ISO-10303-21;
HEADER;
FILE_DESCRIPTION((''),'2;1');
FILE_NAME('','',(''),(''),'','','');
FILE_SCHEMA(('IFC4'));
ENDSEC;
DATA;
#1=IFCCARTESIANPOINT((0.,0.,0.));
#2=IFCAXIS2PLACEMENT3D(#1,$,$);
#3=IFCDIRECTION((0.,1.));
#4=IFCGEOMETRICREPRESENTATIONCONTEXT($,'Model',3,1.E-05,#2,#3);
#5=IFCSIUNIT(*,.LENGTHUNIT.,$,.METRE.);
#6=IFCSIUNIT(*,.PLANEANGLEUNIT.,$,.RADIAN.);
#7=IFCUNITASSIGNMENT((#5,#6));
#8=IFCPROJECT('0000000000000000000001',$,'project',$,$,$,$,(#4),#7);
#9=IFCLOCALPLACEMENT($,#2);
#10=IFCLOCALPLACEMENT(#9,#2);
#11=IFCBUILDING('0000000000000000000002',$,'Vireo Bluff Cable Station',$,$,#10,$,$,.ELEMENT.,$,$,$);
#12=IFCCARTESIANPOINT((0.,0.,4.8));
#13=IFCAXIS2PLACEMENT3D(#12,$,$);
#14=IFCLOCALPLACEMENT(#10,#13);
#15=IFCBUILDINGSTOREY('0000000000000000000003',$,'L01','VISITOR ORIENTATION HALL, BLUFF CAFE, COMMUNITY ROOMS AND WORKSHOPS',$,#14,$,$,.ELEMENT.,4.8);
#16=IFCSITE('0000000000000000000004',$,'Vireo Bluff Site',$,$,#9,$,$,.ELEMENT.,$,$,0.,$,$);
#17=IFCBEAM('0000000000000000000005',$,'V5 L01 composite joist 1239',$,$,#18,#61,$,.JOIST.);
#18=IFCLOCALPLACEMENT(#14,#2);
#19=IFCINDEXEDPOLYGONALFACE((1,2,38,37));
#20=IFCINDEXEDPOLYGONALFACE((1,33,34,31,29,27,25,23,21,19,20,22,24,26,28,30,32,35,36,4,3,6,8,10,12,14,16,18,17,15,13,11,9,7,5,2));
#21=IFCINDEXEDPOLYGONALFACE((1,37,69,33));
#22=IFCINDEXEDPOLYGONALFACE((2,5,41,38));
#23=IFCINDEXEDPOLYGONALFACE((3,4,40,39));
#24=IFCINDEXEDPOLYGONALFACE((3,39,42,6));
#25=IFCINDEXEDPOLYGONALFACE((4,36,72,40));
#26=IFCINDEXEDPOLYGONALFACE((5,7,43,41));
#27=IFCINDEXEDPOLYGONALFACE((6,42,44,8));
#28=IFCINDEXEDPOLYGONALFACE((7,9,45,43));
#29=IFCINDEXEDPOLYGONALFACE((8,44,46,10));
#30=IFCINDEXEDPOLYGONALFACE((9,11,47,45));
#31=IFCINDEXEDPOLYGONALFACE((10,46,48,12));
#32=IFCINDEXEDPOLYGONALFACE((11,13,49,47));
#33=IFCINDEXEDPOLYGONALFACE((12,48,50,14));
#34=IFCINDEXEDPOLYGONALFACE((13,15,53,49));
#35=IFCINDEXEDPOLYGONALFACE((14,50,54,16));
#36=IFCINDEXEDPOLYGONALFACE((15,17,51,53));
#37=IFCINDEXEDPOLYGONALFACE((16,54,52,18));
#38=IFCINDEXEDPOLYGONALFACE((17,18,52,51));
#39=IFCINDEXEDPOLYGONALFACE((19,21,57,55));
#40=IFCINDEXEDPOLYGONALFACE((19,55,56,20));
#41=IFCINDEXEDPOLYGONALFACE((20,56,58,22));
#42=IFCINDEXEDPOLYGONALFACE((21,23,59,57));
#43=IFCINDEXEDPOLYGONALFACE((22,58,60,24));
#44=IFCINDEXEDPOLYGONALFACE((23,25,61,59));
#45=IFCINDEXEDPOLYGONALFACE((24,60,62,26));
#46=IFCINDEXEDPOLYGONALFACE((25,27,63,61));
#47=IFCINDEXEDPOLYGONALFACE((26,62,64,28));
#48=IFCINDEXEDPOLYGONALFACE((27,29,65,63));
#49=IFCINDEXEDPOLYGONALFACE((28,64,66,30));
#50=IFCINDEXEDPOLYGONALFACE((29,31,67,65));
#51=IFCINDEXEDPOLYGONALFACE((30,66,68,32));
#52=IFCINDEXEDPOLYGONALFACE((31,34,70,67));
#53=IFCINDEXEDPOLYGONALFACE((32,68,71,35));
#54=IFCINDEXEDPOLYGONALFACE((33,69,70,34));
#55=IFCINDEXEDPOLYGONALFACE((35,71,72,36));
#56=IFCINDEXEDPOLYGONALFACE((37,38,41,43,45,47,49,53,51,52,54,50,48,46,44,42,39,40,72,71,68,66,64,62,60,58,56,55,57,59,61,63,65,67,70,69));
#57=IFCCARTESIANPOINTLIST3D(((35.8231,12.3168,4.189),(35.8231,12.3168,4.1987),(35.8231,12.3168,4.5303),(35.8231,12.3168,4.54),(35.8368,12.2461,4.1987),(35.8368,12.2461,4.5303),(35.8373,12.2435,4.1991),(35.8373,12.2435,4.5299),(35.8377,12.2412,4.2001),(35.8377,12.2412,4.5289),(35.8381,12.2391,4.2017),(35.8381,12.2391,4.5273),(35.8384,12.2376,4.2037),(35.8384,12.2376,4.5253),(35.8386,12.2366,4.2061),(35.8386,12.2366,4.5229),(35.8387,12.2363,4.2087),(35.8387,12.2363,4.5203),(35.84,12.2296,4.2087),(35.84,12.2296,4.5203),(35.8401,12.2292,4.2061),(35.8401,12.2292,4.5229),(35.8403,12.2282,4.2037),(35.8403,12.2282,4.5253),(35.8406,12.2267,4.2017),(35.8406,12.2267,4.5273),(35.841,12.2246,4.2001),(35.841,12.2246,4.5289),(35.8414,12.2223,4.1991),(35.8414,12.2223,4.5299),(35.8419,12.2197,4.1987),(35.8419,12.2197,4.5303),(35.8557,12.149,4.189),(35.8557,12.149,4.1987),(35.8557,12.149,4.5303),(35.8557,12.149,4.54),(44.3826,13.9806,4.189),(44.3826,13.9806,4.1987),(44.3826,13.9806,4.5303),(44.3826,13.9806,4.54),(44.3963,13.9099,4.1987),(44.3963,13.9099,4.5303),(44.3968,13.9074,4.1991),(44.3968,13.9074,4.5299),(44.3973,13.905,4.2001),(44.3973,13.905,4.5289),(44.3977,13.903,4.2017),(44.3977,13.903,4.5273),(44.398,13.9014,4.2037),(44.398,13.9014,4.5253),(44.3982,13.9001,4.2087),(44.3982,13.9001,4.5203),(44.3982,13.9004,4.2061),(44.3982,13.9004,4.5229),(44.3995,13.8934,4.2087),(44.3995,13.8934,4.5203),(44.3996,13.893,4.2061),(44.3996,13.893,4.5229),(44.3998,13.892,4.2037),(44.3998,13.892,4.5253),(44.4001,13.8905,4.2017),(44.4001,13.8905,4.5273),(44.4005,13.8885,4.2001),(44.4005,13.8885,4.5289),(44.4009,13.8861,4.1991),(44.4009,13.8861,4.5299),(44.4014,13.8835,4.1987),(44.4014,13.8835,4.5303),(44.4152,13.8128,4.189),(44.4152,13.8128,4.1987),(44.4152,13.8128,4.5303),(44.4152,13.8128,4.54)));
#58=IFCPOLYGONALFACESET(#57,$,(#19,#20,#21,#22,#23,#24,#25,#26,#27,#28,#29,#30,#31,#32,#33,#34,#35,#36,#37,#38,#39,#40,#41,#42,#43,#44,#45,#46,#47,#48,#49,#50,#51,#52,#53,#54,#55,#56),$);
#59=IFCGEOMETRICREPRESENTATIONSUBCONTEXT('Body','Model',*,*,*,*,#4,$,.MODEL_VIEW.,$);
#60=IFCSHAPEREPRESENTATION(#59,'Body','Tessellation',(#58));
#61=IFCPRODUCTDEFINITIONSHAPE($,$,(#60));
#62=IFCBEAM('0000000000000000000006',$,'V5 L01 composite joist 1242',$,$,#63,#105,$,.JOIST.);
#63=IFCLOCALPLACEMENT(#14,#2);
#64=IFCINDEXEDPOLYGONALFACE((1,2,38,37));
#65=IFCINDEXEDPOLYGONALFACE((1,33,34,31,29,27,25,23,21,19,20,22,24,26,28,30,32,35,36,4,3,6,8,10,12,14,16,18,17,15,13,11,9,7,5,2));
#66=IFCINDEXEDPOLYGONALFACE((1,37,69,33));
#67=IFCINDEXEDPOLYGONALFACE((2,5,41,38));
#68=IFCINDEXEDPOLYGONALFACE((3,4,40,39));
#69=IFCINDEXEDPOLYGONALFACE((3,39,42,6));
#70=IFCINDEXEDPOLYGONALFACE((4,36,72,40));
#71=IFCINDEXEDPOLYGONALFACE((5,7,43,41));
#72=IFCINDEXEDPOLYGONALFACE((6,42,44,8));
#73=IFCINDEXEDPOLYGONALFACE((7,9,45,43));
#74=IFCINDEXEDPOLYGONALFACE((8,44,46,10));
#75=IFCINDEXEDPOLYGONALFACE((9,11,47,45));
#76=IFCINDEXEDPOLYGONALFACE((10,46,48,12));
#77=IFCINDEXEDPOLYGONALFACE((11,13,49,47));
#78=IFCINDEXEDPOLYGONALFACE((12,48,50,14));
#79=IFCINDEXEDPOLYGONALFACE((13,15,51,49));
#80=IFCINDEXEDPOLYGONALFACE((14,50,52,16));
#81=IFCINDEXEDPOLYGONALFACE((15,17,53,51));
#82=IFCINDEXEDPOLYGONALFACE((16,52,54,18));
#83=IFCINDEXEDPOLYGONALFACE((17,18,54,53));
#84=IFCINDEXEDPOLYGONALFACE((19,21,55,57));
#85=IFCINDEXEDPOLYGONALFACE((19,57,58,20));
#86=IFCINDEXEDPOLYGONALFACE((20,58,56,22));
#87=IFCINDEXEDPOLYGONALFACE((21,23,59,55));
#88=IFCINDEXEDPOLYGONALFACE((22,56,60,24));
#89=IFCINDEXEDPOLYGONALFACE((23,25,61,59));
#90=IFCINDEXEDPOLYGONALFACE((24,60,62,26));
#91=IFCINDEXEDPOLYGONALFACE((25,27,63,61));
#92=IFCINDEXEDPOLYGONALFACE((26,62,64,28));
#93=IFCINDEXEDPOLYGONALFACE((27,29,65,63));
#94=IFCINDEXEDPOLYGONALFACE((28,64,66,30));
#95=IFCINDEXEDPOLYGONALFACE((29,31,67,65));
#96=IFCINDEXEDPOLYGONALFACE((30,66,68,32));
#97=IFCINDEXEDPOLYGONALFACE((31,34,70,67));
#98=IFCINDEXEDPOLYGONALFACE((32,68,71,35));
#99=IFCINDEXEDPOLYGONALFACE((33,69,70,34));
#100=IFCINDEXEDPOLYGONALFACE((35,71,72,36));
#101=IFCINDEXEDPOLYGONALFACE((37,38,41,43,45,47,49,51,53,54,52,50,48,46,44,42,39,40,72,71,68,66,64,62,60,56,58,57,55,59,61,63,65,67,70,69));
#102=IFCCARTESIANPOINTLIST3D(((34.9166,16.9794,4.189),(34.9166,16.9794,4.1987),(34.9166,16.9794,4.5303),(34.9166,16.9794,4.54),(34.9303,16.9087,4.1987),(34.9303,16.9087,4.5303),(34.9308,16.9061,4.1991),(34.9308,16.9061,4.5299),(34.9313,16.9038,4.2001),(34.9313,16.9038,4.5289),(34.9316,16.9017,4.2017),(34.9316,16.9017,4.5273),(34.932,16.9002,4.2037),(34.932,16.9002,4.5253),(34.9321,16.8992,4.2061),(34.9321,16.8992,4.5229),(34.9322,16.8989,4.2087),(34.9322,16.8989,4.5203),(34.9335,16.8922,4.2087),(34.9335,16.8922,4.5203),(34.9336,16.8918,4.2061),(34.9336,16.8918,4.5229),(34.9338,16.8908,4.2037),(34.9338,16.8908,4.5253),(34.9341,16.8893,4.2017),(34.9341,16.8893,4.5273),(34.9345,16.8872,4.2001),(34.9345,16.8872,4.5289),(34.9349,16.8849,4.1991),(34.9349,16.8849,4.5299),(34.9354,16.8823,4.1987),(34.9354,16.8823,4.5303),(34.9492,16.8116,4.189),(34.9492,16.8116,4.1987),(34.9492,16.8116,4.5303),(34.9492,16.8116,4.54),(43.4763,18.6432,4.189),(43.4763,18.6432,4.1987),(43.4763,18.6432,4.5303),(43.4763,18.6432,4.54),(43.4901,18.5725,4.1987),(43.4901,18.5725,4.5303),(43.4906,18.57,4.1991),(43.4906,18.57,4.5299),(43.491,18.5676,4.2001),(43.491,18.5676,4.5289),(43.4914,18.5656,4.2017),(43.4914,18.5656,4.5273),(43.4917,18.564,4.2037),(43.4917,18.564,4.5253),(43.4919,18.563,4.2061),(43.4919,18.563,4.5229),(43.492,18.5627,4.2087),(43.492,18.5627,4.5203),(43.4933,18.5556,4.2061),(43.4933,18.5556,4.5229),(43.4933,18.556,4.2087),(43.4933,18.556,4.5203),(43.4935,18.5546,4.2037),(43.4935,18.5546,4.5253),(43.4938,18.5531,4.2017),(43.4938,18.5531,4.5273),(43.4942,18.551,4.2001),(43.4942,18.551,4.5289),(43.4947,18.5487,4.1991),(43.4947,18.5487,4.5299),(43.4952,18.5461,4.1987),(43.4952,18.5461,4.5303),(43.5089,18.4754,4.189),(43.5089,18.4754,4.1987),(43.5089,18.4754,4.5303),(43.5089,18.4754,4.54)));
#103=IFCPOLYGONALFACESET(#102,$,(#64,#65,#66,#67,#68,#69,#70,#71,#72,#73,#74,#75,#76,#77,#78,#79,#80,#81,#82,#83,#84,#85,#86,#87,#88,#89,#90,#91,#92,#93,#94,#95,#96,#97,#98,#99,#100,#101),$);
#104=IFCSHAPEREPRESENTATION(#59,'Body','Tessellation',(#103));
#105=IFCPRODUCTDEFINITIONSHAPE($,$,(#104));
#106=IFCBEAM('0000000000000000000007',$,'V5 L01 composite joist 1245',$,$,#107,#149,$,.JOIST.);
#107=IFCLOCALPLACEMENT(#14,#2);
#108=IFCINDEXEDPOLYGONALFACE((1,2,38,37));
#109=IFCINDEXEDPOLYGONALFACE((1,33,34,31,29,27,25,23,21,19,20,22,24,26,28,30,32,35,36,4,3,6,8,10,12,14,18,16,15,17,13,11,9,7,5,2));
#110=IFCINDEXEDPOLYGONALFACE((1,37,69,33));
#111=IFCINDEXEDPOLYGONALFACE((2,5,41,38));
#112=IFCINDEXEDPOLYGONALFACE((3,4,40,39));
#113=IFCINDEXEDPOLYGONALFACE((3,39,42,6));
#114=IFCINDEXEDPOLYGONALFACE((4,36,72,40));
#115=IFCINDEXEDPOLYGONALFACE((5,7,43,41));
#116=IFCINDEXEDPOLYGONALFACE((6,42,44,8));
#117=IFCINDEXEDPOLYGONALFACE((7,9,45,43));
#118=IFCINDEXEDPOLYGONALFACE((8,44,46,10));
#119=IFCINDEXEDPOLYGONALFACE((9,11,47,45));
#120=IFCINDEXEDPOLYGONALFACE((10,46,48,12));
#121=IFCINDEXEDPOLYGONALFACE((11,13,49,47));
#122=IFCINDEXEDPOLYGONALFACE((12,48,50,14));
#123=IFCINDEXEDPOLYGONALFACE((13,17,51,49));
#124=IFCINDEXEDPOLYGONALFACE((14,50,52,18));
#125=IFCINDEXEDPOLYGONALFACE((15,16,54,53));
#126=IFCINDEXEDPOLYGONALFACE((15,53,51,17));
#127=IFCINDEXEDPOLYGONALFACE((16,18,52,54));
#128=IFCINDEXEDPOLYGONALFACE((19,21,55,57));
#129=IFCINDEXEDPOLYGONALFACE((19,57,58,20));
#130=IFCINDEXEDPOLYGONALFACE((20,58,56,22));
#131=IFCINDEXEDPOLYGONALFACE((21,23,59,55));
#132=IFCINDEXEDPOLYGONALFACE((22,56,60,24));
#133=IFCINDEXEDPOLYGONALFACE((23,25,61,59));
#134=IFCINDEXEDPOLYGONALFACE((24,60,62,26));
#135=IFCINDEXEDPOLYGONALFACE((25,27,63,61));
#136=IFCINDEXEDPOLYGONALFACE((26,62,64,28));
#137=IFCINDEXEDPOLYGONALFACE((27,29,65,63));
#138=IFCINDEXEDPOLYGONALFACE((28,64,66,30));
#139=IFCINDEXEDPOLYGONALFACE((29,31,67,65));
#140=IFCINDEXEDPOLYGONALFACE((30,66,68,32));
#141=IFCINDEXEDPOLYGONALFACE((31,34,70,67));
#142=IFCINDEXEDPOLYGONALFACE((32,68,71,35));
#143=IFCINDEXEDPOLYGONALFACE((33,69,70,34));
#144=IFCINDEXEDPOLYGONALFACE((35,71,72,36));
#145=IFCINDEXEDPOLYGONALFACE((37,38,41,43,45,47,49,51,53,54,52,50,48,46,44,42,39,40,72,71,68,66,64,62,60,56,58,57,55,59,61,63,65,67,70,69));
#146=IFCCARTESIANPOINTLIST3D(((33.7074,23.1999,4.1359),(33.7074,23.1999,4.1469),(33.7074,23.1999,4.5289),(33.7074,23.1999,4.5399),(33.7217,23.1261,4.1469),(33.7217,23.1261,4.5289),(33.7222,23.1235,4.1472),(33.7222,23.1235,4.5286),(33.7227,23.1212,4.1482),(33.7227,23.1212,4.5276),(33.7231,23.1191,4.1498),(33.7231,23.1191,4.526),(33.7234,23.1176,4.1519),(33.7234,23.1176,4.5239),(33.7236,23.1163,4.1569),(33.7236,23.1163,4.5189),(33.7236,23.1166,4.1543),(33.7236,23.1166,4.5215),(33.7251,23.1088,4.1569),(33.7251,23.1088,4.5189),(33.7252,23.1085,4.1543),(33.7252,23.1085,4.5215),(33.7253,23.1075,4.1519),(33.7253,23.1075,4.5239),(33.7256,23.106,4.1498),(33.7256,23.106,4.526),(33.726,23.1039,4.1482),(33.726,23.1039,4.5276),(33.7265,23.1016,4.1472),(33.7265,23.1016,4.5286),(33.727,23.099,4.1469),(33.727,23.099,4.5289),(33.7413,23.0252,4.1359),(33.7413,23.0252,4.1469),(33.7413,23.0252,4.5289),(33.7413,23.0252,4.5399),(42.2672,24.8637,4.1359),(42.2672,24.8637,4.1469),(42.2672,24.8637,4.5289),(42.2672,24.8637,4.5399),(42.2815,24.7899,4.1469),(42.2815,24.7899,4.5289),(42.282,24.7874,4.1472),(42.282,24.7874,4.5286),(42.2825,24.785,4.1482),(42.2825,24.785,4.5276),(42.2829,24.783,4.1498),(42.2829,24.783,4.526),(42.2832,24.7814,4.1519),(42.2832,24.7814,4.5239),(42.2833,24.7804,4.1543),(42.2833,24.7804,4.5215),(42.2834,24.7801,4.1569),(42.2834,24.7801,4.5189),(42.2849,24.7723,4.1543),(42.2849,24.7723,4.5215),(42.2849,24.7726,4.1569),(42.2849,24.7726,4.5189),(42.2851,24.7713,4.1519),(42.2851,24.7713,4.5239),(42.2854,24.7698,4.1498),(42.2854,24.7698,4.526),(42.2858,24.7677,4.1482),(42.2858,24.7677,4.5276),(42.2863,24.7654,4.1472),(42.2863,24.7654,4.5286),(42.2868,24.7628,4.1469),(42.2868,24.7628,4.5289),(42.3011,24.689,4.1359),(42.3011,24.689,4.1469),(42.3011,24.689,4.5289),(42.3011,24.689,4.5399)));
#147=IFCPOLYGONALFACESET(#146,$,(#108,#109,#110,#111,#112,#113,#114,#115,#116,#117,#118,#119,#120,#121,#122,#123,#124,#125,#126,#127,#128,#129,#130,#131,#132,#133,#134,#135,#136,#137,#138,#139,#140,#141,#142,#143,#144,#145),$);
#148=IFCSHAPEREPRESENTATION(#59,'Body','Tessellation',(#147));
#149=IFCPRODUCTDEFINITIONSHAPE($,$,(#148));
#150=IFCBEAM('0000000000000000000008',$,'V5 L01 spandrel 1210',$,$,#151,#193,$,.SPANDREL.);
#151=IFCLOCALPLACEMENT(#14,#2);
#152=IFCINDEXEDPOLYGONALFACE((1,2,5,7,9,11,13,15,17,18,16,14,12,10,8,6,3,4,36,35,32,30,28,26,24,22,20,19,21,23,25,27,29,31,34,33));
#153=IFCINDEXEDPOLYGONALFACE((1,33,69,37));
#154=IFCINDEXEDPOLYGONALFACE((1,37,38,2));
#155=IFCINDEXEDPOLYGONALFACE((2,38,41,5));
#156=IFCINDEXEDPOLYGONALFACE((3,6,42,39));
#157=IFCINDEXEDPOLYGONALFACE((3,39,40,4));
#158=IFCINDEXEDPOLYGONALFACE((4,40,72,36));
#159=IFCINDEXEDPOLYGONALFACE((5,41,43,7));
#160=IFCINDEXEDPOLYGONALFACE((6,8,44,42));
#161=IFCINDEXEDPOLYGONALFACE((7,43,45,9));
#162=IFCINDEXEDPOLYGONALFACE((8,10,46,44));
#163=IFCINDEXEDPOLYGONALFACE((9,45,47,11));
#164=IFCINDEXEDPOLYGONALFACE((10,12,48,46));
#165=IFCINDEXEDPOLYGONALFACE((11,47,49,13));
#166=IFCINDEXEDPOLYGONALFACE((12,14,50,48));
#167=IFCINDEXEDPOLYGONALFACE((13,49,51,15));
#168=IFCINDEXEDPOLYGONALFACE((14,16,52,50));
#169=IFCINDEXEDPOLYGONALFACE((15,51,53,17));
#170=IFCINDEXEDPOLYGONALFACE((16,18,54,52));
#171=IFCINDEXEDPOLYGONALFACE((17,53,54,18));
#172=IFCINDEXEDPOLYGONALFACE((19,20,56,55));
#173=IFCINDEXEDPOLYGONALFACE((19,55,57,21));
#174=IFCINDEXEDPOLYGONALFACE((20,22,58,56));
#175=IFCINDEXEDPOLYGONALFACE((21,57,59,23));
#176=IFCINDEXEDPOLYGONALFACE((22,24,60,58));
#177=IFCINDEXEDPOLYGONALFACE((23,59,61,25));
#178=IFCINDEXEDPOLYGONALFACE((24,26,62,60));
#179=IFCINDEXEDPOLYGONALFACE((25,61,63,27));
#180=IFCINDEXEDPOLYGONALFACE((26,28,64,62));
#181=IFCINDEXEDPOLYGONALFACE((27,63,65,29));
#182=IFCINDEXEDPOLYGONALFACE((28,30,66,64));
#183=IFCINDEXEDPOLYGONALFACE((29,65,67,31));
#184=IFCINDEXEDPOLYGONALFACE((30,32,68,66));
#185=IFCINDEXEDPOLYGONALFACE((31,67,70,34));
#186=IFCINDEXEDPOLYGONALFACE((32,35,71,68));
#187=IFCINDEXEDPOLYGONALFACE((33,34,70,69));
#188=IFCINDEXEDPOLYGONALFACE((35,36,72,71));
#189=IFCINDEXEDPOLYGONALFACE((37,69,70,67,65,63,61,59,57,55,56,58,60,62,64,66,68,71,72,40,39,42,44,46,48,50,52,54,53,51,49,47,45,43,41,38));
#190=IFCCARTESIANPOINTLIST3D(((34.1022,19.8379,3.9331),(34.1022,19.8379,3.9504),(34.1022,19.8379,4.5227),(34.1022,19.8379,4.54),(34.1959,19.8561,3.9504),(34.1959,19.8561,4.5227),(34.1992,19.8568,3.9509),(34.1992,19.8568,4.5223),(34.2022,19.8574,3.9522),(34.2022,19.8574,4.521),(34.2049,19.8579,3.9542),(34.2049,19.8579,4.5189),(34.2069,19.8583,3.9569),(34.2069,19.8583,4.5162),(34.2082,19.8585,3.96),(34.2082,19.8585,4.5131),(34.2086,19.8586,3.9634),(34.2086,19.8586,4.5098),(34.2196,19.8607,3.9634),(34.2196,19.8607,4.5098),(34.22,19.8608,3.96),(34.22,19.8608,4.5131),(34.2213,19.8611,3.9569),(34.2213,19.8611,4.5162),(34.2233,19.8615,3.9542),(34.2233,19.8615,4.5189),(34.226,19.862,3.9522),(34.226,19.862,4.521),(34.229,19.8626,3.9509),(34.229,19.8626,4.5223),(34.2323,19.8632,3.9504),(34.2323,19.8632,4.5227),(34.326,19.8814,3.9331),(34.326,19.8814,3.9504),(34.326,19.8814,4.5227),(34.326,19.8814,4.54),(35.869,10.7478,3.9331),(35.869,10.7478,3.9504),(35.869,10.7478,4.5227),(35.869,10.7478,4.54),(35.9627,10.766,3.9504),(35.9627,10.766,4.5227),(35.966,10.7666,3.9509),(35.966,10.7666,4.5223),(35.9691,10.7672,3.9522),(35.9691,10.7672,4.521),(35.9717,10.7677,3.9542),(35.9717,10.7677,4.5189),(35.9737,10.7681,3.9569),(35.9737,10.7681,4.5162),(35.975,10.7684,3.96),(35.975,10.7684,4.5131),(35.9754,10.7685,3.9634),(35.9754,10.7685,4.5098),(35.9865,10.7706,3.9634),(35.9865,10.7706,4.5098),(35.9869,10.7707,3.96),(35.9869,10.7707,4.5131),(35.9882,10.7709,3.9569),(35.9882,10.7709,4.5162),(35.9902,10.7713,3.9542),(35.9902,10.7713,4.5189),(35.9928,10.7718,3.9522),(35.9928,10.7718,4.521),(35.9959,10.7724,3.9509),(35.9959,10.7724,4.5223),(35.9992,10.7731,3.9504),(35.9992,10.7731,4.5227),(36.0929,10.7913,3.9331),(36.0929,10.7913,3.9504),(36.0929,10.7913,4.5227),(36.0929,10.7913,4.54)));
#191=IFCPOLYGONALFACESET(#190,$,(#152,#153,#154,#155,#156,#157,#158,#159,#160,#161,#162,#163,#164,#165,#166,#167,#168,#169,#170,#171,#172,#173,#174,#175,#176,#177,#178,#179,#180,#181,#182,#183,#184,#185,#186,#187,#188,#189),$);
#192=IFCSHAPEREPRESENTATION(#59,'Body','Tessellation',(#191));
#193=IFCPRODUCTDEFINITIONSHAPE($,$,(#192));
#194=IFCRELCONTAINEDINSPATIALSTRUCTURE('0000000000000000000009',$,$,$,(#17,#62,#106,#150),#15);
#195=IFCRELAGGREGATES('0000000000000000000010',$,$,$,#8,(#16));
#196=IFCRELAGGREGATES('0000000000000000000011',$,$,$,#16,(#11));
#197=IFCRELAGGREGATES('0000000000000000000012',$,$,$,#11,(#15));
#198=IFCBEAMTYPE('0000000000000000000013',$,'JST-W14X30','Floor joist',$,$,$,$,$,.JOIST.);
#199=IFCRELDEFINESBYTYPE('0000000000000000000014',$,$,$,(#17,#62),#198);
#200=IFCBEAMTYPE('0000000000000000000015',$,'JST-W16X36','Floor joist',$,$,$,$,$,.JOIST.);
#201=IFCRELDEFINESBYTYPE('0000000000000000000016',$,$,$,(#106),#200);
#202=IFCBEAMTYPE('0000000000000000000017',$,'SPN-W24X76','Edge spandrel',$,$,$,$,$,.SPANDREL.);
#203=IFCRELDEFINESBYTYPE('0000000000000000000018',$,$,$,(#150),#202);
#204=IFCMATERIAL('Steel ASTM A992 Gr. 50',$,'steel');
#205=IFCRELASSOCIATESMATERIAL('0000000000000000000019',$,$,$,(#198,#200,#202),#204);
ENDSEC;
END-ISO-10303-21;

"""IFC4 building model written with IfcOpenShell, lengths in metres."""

from ifc_helpers import new_model, si_unit, direction, frame, origin, origin_2d, place, context, subcontext, project, spatial, i_section, extrude, material, material_profile, profile_set, type_object, element, save


model = new_model("IFC4")

# Units and contexts
model_context = context("Model", 3, precision=1e-05, world=origin(), true_north=direction((0.0, 1.0)))
body_context = subcontext(model_context, "Body", "Model", "MODEL_VIEW")
ifc_project = project(units=[si_unit("LENGTHUNIT", "METRE"), si_unit("PLANEANGLEUNIT", "RADIAN")], contexts=[model_context])

# Site, building, storey
site_placement = place(None, origin())
site = spatial("IfcSite", under=ifc_project, at=site_placement, Name="Vireo Bluff Site", CompositionType="ELEMENT", RefElevation=0.0)
building_placement = place(site_placement, origin())
building = spatial("IfcBuilding", under=site, at=building_placement, Name="Vireo Bluff Cable Station", CompositionType="ELEMENT")
storey_placement = place(building_placement, frame((0.0, 0.0, 4.8)))
storey = spatial("IfcBuildingStorey", under=building, at=storey_placement, Name="L01", Description="VISITOR ORIENTATION HALL, BLUFF CAFE, COMMUNITY ROOMS AND WORKSHOPS", CompositionType="ELEMENT", Elevation=4.8)

# Shared definitions
ifc_material_1 = material(Name="Steel ASTM A992 Gr. 50", Category="steel")

# Beams
ifc_material_profile_1 = material_profile(ifc_material_1, i_section(OverallWidth=0.1709, OverallDepth=0.3511, WebThickness=0.0068, FlangeThickness=0.0098, FilletRadius=0.01, at=origin_2d()), Name="W14X30")
ifc_profile_set_1 = profile_set([ifc_material_profile_1], Name="Steel ASTM A992 Gr. 50")
beam_type_1 = type_object("IfcBeamType", Name="JST-W14X30", Description="Floor joist", PredefinedType="JOIST", material=ifc_profile_set_1)
beam_1_placement = place(storey_placement, frame((35.8394, 12.2329, 4.3645), z_axis=(0.981627, 0.19081, 0.0), x_axis=(-0.19081, 0.981627, 0.0)))
element("IfcBeam", 1, at=beam_1_placement, inside=storey, type_object=beam_type_1, Name="V5 L01 composite joist 1239", PredefinedType="JOIST", context=body_context, shape_type="SweptSolid", body=[
    extrude(i_section(OverallWidth=0.1709, OverallDepth=0.3511, WebThickness=0.0068, FlangeThickness=0.0098, FilletRadius=0.01, at=origin_2d()), origin(), (0.0, 0.0, 1.0), 8.7197),
])
beam_2_placement = place(storey_placement, frame((34.9329, 16.8955, 4.3645), z_axis=(0.981628, 0.190804, 0.0), x_axis=(-0.190804, 0.981628, 0.0)))
element("IfcBeam", 2, at=beam_2_placement, inside=storey, type_object=beam_type_1, Name="V5 L01 composite joist 1242", PredefinedType="JOIST", context=body_context, shape_type="SweptSolid", body=[
    extrude(i_section(OverallWidth=0.1709, OverallDepth=0.3511, WebThickness=0.0068, FlangeThickness=0.0098, FilletRadius=0.01, at=origin_2d()), origin(), (0.0, 0.0, 1.0), 8.72),
])
ifc_material_profile_2 = material_profile(ifc_material_1, i_section(OverallWidth=0.178, OverallDepth=0.4041, WebThickness=0.0076, FlangeThickness=0.011, FilletRadius=0.01, at=origin_2d()), Name="W16X36")
ifc_profile_set_2 = profile_set([ifc_material_profile_2], Name="Steel ASTM A992 Gr. 50")
beam_type_2 = type_object("IfcBeamType", Name="JST-W16X36", Description="Floor joist", PredefinedType="JOIST", material=ifc_profile_set_2)
beam_3_placement = place(storey_placement, frame((33.7244, 23.1125, 4.3379), z_axis=(0.981628, 0.190804, 0.0), x_axis=(-0.190804, 0.981628, 0.0)))
element("IfcBeam", 3, at=beam_3_placement, inside=storey, type_object=beam_type_2, Name="V5 L01 composite joist 1245", PredefinedType="JOIST", context=body_context, shape_type="SweptSolid", body=[
    extrude(i_section(OverallWidth=0.178, OverallDepth=0.4041, WebThickness=0.0076, FlangeThickness=0.011, FilletRadius=0.01, at=origin_2d()), origin(), (0.0, 0.0, 1.0), 8.72),
])
ifc_material_profile_3 = material_profile(ifc_material_1, i_section(OverallWidth=0.228, OverallDepth=0.6069, WebThickness=0.0112, FlangeThickness=0.0173, FilletRadius=0.0129, at=origin_2d()), Name="W24X76")
ifc_profile_set_3 = profile_set([ifc_material_profile_3], Name="Steel ASTM A992 Gr. 50")
beam_type_3 = type_object("IfcBeamType", Name="SPN-W24X76", Description="Edge spandrel", PredefinedType="SPANDREL", material=ifc_profile_set_3)
beam_4_placement = place(storey_placement, frame((35.981, 10.7695, 4.2366), z_axis=(-0.1908, 0.981629, 0.0), x_axis=(-0.981629, -0.1908, 0.0)))
element("IfcBeam", 4, at=beam_4_placement, inside=storey, type_object=beam_type_3, Name="V5 L01 spandrel 1210", PredefinedType="SPANDREL", context=body_context, shape_type="SweptSolid", body=[
    extrude(i_section(OverallWidth=0.228, OverallDepth=0.6069, WebThickness=0.0112, FlangeThickness=0.0173, FilletRadius=0.0129, at=origin_2d()), origin(), (0.0, 0.0, 1.0), 9.2603),
])

save(model, "model.ifc")
